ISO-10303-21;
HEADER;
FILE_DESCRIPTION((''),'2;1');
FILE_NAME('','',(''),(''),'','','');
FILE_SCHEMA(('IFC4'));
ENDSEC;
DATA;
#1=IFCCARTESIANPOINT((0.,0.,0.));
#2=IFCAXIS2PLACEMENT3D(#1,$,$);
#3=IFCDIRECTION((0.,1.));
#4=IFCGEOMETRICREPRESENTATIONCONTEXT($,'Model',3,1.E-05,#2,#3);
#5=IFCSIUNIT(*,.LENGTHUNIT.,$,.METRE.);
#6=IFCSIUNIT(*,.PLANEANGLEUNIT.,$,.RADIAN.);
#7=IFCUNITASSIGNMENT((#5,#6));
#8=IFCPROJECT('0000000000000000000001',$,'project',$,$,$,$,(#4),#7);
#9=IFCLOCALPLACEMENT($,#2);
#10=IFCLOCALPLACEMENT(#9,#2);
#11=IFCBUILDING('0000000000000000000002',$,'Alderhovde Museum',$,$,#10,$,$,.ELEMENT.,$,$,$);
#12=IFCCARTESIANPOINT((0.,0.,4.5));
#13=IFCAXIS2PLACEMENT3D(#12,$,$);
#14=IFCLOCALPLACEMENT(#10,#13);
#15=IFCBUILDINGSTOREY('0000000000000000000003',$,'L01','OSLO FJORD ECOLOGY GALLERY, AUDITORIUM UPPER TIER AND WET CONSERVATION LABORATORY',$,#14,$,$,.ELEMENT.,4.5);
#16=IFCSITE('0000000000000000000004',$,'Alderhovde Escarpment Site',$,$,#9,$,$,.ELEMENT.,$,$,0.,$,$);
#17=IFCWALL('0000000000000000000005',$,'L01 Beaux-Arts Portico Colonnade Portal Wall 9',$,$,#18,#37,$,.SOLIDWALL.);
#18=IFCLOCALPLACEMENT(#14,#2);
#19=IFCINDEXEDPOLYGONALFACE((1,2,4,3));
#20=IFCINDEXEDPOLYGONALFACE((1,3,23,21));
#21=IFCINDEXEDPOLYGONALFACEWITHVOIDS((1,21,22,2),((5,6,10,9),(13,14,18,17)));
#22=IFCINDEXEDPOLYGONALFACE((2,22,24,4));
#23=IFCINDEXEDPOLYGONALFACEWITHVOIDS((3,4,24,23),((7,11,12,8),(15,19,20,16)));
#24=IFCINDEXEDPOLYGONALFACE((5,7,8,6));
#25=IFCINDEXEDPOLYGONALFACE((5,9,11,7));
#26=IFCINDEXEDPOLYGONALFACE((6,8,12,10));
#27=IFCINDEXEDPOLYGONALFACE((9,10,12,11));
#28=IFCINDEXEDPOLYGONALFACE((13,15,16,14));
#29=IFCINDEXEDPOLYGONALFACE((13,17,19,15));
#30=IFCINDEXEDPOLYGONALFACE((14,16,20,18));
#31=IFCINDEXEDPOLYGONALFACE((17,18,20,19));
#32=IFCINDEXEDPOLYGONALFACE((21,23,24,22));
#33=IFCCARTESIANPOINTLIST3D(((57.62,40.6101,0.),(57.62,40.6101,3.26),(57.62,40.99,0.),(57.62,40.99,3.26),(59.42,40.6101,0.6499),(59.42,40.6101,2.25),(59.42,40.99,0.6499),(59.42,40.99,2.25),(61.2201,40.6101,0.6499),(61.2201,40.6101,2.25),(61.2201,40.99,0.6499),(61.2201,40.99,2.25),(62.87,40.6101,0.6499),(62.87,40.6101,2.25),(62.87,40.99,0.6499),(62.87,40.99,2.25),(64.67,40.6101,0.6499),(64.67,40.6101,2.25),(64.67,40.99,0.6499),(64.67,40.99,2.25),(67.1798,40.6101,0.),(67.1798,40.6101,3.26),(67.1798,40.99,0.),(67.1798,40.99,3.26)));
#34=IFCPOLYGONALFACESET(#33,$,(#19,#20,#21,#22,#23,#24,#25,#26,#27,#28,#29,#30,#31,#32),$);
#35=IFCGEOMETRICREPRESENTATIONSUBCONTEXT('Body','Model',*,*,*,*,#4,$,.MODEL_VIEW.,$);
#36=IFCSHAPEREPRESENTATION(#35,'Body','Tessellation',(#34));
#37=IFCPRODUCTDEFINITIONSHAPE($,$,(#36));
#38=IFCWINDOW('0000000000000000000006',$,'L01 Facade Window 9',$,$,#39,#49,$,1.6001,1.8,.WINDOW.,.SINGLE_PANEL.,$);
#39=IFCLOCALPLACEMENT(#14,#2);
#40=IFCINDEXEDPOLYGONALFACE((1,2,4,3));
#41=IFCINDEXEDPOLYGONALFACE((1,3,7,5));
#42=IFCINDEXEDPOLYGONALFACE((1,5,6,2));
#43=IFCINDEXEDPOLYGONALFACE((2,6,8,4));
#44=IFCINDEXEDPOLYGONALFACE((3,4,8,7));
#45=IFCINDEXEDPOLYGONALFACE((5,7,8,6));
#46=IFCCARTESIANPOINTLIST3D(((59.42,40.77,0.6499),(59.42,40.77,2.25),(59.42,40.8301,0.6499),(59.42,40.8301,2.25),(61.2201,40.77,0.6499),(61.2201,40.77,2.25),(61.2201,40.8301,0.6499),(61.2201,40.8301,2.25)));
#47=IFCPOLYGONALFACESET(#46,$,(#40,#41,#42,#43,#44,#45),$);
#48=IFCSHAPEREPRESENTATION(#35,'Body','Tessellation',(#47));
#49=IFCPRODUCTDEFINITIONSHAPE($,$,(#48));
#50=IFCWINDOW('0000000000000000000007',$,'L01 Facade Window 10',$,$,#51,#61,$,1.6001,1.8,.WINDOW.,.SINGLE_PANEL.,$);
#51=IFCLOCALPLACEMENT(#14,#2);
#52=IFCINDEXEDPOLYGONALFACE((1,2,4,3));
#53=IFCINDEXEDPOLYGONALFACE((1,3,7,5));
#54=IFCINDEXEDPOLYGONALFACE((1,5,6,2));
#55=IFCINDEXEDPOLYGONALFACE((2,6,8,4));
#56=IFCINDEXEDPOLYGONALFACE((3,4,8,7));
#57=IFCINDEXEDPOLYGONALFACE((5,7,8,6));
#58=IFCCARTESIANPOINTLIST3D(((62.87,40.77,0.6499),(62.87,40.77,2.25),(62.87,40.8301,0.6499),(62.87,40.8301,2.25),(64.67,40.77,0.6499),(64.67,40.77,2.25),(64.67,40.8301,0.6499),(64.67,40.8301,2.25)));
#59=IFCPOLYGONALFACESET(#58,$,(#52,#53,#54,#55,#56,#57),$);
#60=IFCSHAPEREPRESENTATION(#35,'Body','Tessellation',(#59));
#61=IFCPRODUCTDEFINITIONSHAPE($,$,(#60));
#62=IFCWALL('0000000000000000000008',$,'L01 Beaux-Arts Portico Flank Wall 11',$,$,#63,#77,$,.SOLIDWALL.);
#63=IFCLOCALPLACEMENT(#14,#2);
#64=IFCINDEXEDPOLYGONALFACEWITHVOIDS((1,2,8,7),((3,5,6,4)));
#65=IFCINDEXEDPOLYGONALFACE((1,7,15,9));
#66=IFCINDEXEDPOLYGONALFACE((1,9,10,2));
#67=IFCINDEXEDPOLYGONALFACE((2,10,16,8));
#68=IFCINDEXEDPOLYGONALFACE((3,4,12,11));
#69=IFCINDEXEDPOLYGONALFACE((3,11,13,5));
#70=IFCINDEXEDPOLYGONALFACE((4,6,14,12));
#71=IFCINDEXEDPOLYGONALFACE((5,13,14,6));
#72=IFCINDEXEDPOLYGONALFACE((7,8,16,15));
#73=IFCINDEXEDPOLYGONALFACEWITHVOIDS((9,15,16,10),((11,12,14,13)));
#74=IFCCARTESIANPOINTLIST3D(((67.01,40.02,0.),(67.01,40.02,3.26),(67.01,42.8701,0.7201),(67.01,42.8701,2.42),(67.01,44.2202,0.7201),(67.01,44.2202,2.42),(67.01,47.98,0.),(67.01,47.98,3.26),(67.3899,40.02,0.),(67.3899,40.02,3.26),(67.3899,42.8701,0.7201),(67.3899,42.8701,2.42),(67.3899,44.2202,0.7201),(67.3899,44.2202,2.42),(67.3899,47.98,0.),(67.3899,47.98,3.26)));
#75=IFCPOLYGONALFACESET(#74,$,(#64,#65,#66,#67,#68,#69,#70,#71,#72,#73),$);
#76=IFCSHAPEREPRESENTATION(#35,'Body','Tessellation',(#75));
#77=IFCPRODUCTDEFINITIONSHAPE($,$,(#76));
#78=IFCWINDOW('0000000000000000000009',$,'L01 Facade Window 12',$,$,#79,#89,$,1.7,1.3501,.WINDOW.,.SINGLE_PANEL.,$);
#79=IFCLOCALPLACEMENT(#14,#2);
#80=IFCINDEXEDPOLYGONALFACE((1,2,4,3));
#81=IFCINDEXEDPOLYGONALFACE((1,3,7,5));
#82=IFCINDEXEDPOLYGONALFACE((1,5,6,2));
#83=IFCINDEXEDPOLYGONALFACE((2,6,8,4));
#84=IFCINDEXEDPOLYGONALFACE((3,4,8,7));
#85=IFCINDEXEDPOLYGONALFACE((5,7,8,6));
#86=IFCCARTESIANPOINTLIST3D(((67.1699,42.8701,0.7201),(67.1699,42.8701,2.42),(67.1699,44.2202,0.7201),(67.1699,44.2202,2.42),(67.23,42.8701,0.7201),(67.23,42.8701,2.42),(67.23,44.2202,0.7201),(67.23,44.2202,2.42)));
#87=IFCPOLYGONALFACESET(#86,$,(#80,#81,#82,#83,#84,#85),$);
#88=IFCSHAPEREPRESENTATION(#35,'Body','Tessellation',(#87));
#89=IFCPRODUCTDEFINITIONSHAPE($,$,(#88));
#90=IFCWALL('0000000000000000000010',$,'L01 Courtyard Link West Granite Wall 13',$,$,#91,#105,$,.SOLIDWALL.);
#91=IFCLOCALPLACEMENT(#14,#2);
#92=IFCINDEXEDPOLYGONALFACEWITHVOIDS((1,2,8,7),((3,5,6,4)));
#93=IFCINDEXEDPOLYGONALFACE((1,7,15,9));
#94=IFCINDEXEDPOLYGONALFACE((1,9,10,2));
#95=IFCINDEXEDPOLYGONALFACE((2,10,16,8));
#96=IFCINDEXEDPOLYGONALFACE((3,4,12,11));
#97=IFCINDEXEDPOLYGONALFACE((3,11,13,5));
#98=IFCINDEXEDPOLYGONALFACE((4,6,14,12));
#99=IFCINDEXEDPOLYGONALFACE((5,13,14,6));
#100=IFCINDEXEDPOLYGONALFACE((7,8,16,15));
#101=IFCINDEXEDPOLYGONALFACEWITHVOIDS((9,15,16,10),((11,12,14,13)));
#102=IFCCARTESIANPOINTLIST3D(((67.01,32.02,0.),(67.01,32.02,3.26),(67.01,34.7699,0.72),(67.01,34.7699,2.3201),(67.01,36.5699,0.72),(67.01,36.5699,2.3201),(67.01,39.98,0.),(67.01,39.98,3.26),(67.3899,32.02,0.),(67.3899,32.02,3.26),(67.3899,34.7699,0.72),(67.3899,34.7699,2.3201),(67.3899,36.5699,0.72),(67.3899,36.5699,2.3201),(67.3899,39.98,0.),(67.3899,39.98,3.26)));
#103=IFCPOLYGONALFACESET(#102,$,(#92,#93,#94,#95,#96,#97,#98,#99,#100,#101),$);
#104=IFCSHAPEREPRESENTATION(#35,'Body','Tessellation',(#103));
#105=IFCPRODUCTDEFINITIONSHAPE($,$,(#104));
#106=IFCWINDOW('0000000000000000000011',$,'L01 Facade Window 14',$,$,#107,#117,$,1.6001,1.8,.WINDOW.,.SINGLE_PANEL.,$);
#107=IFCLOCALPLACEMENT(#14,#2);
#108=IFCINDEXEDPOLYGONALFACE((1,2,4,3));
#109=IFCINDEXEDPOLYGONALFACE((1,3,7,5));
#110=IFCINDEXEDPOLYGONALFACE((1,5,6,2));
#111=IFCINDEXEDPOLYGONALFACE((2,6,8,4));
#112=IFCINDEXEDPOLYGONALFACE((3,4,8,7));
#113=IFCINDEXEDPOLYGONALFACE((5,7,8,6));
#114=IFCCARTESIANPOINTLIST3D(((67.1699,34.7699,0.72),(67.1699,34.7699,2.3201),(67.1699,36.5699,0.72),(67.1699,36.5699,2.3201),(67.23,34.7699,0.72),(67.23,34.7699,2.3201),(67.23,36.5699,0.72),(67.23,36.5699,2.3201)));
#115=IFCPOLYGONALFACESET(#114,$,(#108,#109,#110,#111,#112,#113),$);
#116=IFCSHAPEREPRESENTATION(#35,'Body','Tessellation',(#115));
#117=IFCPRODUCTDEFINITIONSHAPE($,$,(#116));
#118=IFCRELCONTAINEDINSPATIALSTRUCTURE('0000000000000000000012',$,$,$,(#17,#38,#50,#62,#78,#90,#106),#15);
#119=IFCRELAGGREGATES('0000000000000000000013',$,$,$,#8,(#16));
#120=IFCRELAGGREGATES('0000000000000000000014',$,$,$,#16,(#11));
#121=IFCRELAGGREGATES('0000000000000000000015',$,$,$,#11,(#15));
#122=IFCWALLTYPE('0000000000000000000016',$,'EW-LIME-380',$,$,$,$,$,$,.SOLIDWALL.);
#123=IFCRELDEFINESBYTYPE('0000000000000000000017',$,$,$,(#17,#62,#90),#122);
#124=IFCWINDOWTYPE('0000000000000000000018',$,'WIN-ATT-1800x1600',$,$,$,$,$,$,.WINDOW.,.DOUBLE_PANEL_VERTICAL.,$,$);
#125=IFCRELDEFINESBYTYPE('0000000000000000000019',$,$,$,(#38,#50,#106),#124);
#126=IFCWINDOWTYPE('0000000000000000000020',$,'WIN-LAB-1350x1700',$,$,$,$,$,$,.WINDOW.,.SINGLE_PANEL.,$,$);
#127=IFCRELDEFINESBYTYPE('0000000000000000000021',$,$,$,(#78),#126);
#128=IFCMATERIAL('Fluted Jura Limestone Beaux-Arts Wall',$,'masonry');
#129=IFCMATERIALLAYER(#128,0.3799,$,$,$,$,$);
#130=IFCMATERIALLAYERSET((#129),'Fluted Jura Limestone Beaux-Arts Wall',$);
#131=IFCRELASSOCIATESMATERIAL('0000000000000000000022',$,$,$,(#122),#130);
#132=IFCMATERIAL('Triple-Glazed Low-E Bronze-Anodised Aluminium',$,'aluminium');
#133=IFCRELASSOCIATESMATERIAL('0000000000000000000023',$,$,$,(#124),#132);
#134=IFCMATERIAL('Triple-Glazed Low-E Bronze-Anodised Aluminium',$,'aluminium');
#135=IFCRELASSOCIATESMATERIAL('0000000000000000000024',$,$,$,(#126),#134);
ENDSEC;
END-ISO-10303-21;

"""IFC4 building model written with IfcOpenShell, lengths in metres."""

from ifc_helpers import new_model, si_unit, direction, frame, frame_2d, origin, place, context, subcontext, project, spatial, rectangle, extrude, material, layer, layer_set, type_object, element, fill, save


model = new_model("IFC4")

# Units and contexts
model_context = context("Model", 3, precision=1e-05, world=origin(), true_north=direction((0.0, 1.0)))
body_context = subcontext(model_context, "Body", "Model", "MODEL_VIEW")
ifc_project = project(units=[si_unit("LENGTHUNIT", "METRE"), si_unit("PLANEANGLEUNIT", "RADIAN")], contexts=[model_context])

# Site, building, storey
site_placement = place(None, origin())
site = spatial("IfcSite", under=ifc_project, at=site_placement, Name="Alderhovde Escarpment Site", CompositionType="ELEMENT", RefElevation=0.0)
building_placement = place(site_placement, origin())
building = spatial("IfcBuilding", under=site, at=building_placement, Name="Alderhovde Museum", CompositionType="ELEMENT")
storey_placement = place(building_placement, frame((0.0, 0.0, 4.5)))
storey = spatial("IfcBuildingStorey", under=building, at=storey_placement, Name="L01", Description="OSLO FJORD ECOLOGY GALLERY, AUDITORIUM UPPER TIER AND WET CONSERVATION LABORATORY", CompositionType="ELEMENT", Elevation=4.5)

# Wall, openings, windows
ifc_material_1 = material(Name="Fluted Jura Limestone Beaux-Arts Wall", Category="masonry")
ifc_layer = layer(ifc_material_1, 0.3799)
ifc_layer_set = layer_set([ifc_layer], Name="Fluted Jura Limestone Beaux-Arts Wall")
wall_type = type_object("IfcWallType", Name="EW-LIME-380", PredefinedType="SOLIDWALL", material=ifc_layer_set)
wall_1_placement = place(storey_placement, frame((57.6201, 40.8, 0.0), z_axis=(0.0, 0.0, 1.0), x_axis=(1.0, 0.0, 0.0)))
wall_1 = element("IfcWall", 1, at=wall_1_placement, inside=storey, type_object=wall_type, Name="L01 Beaux-Arts Portico Colonnade Portal Wall 9", PredefinedType="SOLIDWALL", context=body_context, shape_type="SweptSolid", body=[
    extrude(rectangle(XDim=9.5598, YDim=0.3799, at=frame_2d((4.7798, 0.0))), origin(), (0.0, 0.0, 1.0), 3.26),
])
opening_1_placement = place(wall_1_placement, frame((1.8, 0.0, 0.6499)))
opening_1 = element("IfcOpeningElement", 2, at=opening_1_placement, cuts=wall_1, PredefinedType="OPENING", context=body_context, shape_type="SweptSolid", body=[
    extrude(rectangle(XDim=1.8, YDim=1.6001, at=frame_2d((0.8999, 0.8))), frame((0.0, 0.2, 0.0), z_axis=(0.0, -1.0, 0.0), x_axis=(1.0, 0.0, 0.0)), (0.0, 0.0, 1.0), 0.3999),
])
opening_2_placement = place(wall_1_placement, frame((5.25, 0.0, 0.6499)))
opening_2 = element("IfcOpeningElement", 3, at=opening_2_placement, cuts=wall_1, PredefinedType="OPENING", context=body_context, shape_type="SweptSolid", body=[
    extrude(rectangle(XDim=1.8, YDim=1.6001, at=frame_2d((0.8999, 0.8))), frame((0.0, 0.2, 0.0), z_axis=(0.0, -1.0, 0.0), x_axis=(1.0, 0.0, 0.0)), (0.0, 0.0, 1.0), 0.3999),
])
ifc_material_2 = material(Name="Triple-Glazed Low-E Bronze-Anodised Aluminium", Category="aluminium")
window_type_1 = type_object("IfcWindowType", Name="WIN-ATT-1800x1600", PartitioningType="DOUBLE_PANEL_VERTICAL", PredefinedType="WINDOW", material=ifc_material_2)
window_1_placement = place(opening_1_placement, origin())
window_1 = element("IfcWindow", 4, at=window_1_placement, inside=storey, type_object=window_type_1, Name="L01 Facade Window 9", OverallHeight=1.6001, OverallWidth=1.8, PartitioningType="SINGLE_PANEL", PredefinedType="WINDOW", context=body_context, shape_type="SweptSolid", body=[
    extrude(rectangle(XDim=1.8, YDim=1.6001, at=frame_2d((0.8999, 0.8))), frame((0.0, 0.03, 0.0), z_axis=(0.0, -1.0, 0.0), x_axis=(1.0, 0.0, 0.0)), (0.0, 0.0, 1.0), 0.0601),
])
fill(opening_1, window_1)
window_2_placement = place(opening_2_placement, origin())
window_2 = element("IfcWindow", 5, at=window_2_placement, inside=storey, type_object=window_type_1, Name="L01 Facade Window 10", OverallHeight=1.6001, OverallWidth=1.8, PartitioningType="SINGLE_PANEL", PredefinedType="WINDOW", context=body_context, shape_type="SweptSolid", body=[
    extrude(rectangle(XDim=1.8, YDim=1.6001, at=frame_2d((0.8999, 0.8))), frame((0.0, 0.03, 0.0), z_axis=(0.0, -1.0, 0.0), x_axis=(1.0, 0.0, 0.0)), (0.0, 0.0, 1.0), 0.0601),
])
fill(opening_2, window_2)

# Walls, openings, windows
wall_2_placement = place(storey_placement, frame((67.2, 40.02, 0.0), z_axis=(0.0, 0.0, 1.0), x_axis=(0.0, 1.0, 0.0)))
wall_2 = element("IfcWall", 6, at=wall_2_placement, inside=storey, type_object=wall_type, Name="L01 Beaux-Arts Portico Flank Wall 11", PredefinedType="SOLIDWALL", context=body_context, shape_type="SweptSolid", body=[
    extrude(rectangle(XDim=7.96, YDim=0.3799, at=frame_2d((3.98, 0.0))), origin(), (0.0, 0.0, 1.0), 3.26),
])
opening_3_placement = place(wall_2_placement, frame((2.8501, 0.0, 0.72)))
opening_3 = element("IfcOpeningElement", 7, at=opening_3_placement, cuts=wall_2, PredefinedType="OPENING", context=body_context, shape_type="SweptSolid", body=[
    extrude(rectangle(XDim=1.3501, YDim=1.7, at=frame_2d((0.675, 0.8501))), frame((0.0, 0.2, 0.0), z_axis=(0.0, -1.0, 0.0), x_axis=(1.0, 0.0, 0.0)), (0.0, 0.0, 1.0), 0.3999),
])
ifc_material_3 = material(Name="Triple-Glazed Low-E Bronze-Anodised Aluminium", Category="aluminium")
window_type_2 = type_object("IfcWindowType", Name="WIN-LAB-1350x1700", PartitioningType="SINGLE_PANEL", PredefinedType="WINDOW", material=ifc_material_3)
window_3_placement = place(opening_3_placement, origin())
window_3 = element("IfcWindow", 8, at=window_3_placement, inside=storey, type_object=window_type_2, Name="L01 Facade Window 12", OverallHeight=1.7, OverallWidth=1.3501, PartitioningType="SINGLE_PANEL", PredefinedType="WINDOW", context=body_context, shape_type="SweptSolid", body=[
    extrude(rectangle(XDim=1.3501, YDim=1.7, at=frame_2d((0.675, 0.8501))), frame((0.0, 0.03, 0.0), z_axis=(0.0, -1.0, 0.0), x_axis=(1.0, 0.0, 0.0)), (0.0, 0.0, 1.0), 0.0601),
])
fill(opening_3, window_3)
wall_3_placement = place(storey_placement, frame((67.2, 32.02, 0.0), z_axis=(0.0, 0.0, 1.0), x_axis=(0.0, 1.0, 0.0)))
wall_3 = element("IfcWall", 9, at=wall_3_placement, inside=storey, type_object=wall_type, Name="L01 Courtyard Link West Granite Wall 13", PredefinedType="SOLIDWALL", context=body_context, shape_type="SweptSolid", body=[
    extrude(rectangle(XDim=7.96, YDim=0.3799, at=frame_2d((3.98, 0.0))), origin(), (0.0, 0.0, 1.0), 3.26),
])
opening_4_placement = place(wall_3_placement, frame((2.75, 0.0, 0.72)))
opening_4 = element("IfcOpeningElement", 10, at=opening_4_placement, cuts=wall_3, PredefinedType="OPENING", context=body_context, shape_type="SweptSolid", body=[
    extrude(rectangle(XDim=1.8, YDim=1.6001, at=frame_2d((0.8999, 0.8))), frame((0.0, 0.2, 0.0), z_axis=(0.0, -1.0, 0.0), x_axis=(1.0, 0.0, 0.0)), (0.0, 0.0, 1.0), 0.3999),
])
window_4_placement = place(opening_4_placement, origin())
window_4 = element("IfcWindow", 11, at=window_4_placement, inside=storey, type_object=window_type_1, Name="L01 Facade Window 14", OverallHeight=1.6001, OverallWidth=1.8, PartitioningType="SINGLE_PANEL", PredefinedType="WINDOW", context=body_context, shape_type="SweptSolid", body=[
    extrude(rectangle(XDim=1.8, YDim=1.6001, at=frame_2d((0.8999, 0.8))), frame((0.0, 0.03, 0.0), z_axis=(0.0, -1.0, 0.0), x_axis=(1.0, 0.0, 0.0)), (0.0, 0.0, 1.0), 0.0601),
])
fill(opening_4, window_4)

save(model, "model.ifc")
